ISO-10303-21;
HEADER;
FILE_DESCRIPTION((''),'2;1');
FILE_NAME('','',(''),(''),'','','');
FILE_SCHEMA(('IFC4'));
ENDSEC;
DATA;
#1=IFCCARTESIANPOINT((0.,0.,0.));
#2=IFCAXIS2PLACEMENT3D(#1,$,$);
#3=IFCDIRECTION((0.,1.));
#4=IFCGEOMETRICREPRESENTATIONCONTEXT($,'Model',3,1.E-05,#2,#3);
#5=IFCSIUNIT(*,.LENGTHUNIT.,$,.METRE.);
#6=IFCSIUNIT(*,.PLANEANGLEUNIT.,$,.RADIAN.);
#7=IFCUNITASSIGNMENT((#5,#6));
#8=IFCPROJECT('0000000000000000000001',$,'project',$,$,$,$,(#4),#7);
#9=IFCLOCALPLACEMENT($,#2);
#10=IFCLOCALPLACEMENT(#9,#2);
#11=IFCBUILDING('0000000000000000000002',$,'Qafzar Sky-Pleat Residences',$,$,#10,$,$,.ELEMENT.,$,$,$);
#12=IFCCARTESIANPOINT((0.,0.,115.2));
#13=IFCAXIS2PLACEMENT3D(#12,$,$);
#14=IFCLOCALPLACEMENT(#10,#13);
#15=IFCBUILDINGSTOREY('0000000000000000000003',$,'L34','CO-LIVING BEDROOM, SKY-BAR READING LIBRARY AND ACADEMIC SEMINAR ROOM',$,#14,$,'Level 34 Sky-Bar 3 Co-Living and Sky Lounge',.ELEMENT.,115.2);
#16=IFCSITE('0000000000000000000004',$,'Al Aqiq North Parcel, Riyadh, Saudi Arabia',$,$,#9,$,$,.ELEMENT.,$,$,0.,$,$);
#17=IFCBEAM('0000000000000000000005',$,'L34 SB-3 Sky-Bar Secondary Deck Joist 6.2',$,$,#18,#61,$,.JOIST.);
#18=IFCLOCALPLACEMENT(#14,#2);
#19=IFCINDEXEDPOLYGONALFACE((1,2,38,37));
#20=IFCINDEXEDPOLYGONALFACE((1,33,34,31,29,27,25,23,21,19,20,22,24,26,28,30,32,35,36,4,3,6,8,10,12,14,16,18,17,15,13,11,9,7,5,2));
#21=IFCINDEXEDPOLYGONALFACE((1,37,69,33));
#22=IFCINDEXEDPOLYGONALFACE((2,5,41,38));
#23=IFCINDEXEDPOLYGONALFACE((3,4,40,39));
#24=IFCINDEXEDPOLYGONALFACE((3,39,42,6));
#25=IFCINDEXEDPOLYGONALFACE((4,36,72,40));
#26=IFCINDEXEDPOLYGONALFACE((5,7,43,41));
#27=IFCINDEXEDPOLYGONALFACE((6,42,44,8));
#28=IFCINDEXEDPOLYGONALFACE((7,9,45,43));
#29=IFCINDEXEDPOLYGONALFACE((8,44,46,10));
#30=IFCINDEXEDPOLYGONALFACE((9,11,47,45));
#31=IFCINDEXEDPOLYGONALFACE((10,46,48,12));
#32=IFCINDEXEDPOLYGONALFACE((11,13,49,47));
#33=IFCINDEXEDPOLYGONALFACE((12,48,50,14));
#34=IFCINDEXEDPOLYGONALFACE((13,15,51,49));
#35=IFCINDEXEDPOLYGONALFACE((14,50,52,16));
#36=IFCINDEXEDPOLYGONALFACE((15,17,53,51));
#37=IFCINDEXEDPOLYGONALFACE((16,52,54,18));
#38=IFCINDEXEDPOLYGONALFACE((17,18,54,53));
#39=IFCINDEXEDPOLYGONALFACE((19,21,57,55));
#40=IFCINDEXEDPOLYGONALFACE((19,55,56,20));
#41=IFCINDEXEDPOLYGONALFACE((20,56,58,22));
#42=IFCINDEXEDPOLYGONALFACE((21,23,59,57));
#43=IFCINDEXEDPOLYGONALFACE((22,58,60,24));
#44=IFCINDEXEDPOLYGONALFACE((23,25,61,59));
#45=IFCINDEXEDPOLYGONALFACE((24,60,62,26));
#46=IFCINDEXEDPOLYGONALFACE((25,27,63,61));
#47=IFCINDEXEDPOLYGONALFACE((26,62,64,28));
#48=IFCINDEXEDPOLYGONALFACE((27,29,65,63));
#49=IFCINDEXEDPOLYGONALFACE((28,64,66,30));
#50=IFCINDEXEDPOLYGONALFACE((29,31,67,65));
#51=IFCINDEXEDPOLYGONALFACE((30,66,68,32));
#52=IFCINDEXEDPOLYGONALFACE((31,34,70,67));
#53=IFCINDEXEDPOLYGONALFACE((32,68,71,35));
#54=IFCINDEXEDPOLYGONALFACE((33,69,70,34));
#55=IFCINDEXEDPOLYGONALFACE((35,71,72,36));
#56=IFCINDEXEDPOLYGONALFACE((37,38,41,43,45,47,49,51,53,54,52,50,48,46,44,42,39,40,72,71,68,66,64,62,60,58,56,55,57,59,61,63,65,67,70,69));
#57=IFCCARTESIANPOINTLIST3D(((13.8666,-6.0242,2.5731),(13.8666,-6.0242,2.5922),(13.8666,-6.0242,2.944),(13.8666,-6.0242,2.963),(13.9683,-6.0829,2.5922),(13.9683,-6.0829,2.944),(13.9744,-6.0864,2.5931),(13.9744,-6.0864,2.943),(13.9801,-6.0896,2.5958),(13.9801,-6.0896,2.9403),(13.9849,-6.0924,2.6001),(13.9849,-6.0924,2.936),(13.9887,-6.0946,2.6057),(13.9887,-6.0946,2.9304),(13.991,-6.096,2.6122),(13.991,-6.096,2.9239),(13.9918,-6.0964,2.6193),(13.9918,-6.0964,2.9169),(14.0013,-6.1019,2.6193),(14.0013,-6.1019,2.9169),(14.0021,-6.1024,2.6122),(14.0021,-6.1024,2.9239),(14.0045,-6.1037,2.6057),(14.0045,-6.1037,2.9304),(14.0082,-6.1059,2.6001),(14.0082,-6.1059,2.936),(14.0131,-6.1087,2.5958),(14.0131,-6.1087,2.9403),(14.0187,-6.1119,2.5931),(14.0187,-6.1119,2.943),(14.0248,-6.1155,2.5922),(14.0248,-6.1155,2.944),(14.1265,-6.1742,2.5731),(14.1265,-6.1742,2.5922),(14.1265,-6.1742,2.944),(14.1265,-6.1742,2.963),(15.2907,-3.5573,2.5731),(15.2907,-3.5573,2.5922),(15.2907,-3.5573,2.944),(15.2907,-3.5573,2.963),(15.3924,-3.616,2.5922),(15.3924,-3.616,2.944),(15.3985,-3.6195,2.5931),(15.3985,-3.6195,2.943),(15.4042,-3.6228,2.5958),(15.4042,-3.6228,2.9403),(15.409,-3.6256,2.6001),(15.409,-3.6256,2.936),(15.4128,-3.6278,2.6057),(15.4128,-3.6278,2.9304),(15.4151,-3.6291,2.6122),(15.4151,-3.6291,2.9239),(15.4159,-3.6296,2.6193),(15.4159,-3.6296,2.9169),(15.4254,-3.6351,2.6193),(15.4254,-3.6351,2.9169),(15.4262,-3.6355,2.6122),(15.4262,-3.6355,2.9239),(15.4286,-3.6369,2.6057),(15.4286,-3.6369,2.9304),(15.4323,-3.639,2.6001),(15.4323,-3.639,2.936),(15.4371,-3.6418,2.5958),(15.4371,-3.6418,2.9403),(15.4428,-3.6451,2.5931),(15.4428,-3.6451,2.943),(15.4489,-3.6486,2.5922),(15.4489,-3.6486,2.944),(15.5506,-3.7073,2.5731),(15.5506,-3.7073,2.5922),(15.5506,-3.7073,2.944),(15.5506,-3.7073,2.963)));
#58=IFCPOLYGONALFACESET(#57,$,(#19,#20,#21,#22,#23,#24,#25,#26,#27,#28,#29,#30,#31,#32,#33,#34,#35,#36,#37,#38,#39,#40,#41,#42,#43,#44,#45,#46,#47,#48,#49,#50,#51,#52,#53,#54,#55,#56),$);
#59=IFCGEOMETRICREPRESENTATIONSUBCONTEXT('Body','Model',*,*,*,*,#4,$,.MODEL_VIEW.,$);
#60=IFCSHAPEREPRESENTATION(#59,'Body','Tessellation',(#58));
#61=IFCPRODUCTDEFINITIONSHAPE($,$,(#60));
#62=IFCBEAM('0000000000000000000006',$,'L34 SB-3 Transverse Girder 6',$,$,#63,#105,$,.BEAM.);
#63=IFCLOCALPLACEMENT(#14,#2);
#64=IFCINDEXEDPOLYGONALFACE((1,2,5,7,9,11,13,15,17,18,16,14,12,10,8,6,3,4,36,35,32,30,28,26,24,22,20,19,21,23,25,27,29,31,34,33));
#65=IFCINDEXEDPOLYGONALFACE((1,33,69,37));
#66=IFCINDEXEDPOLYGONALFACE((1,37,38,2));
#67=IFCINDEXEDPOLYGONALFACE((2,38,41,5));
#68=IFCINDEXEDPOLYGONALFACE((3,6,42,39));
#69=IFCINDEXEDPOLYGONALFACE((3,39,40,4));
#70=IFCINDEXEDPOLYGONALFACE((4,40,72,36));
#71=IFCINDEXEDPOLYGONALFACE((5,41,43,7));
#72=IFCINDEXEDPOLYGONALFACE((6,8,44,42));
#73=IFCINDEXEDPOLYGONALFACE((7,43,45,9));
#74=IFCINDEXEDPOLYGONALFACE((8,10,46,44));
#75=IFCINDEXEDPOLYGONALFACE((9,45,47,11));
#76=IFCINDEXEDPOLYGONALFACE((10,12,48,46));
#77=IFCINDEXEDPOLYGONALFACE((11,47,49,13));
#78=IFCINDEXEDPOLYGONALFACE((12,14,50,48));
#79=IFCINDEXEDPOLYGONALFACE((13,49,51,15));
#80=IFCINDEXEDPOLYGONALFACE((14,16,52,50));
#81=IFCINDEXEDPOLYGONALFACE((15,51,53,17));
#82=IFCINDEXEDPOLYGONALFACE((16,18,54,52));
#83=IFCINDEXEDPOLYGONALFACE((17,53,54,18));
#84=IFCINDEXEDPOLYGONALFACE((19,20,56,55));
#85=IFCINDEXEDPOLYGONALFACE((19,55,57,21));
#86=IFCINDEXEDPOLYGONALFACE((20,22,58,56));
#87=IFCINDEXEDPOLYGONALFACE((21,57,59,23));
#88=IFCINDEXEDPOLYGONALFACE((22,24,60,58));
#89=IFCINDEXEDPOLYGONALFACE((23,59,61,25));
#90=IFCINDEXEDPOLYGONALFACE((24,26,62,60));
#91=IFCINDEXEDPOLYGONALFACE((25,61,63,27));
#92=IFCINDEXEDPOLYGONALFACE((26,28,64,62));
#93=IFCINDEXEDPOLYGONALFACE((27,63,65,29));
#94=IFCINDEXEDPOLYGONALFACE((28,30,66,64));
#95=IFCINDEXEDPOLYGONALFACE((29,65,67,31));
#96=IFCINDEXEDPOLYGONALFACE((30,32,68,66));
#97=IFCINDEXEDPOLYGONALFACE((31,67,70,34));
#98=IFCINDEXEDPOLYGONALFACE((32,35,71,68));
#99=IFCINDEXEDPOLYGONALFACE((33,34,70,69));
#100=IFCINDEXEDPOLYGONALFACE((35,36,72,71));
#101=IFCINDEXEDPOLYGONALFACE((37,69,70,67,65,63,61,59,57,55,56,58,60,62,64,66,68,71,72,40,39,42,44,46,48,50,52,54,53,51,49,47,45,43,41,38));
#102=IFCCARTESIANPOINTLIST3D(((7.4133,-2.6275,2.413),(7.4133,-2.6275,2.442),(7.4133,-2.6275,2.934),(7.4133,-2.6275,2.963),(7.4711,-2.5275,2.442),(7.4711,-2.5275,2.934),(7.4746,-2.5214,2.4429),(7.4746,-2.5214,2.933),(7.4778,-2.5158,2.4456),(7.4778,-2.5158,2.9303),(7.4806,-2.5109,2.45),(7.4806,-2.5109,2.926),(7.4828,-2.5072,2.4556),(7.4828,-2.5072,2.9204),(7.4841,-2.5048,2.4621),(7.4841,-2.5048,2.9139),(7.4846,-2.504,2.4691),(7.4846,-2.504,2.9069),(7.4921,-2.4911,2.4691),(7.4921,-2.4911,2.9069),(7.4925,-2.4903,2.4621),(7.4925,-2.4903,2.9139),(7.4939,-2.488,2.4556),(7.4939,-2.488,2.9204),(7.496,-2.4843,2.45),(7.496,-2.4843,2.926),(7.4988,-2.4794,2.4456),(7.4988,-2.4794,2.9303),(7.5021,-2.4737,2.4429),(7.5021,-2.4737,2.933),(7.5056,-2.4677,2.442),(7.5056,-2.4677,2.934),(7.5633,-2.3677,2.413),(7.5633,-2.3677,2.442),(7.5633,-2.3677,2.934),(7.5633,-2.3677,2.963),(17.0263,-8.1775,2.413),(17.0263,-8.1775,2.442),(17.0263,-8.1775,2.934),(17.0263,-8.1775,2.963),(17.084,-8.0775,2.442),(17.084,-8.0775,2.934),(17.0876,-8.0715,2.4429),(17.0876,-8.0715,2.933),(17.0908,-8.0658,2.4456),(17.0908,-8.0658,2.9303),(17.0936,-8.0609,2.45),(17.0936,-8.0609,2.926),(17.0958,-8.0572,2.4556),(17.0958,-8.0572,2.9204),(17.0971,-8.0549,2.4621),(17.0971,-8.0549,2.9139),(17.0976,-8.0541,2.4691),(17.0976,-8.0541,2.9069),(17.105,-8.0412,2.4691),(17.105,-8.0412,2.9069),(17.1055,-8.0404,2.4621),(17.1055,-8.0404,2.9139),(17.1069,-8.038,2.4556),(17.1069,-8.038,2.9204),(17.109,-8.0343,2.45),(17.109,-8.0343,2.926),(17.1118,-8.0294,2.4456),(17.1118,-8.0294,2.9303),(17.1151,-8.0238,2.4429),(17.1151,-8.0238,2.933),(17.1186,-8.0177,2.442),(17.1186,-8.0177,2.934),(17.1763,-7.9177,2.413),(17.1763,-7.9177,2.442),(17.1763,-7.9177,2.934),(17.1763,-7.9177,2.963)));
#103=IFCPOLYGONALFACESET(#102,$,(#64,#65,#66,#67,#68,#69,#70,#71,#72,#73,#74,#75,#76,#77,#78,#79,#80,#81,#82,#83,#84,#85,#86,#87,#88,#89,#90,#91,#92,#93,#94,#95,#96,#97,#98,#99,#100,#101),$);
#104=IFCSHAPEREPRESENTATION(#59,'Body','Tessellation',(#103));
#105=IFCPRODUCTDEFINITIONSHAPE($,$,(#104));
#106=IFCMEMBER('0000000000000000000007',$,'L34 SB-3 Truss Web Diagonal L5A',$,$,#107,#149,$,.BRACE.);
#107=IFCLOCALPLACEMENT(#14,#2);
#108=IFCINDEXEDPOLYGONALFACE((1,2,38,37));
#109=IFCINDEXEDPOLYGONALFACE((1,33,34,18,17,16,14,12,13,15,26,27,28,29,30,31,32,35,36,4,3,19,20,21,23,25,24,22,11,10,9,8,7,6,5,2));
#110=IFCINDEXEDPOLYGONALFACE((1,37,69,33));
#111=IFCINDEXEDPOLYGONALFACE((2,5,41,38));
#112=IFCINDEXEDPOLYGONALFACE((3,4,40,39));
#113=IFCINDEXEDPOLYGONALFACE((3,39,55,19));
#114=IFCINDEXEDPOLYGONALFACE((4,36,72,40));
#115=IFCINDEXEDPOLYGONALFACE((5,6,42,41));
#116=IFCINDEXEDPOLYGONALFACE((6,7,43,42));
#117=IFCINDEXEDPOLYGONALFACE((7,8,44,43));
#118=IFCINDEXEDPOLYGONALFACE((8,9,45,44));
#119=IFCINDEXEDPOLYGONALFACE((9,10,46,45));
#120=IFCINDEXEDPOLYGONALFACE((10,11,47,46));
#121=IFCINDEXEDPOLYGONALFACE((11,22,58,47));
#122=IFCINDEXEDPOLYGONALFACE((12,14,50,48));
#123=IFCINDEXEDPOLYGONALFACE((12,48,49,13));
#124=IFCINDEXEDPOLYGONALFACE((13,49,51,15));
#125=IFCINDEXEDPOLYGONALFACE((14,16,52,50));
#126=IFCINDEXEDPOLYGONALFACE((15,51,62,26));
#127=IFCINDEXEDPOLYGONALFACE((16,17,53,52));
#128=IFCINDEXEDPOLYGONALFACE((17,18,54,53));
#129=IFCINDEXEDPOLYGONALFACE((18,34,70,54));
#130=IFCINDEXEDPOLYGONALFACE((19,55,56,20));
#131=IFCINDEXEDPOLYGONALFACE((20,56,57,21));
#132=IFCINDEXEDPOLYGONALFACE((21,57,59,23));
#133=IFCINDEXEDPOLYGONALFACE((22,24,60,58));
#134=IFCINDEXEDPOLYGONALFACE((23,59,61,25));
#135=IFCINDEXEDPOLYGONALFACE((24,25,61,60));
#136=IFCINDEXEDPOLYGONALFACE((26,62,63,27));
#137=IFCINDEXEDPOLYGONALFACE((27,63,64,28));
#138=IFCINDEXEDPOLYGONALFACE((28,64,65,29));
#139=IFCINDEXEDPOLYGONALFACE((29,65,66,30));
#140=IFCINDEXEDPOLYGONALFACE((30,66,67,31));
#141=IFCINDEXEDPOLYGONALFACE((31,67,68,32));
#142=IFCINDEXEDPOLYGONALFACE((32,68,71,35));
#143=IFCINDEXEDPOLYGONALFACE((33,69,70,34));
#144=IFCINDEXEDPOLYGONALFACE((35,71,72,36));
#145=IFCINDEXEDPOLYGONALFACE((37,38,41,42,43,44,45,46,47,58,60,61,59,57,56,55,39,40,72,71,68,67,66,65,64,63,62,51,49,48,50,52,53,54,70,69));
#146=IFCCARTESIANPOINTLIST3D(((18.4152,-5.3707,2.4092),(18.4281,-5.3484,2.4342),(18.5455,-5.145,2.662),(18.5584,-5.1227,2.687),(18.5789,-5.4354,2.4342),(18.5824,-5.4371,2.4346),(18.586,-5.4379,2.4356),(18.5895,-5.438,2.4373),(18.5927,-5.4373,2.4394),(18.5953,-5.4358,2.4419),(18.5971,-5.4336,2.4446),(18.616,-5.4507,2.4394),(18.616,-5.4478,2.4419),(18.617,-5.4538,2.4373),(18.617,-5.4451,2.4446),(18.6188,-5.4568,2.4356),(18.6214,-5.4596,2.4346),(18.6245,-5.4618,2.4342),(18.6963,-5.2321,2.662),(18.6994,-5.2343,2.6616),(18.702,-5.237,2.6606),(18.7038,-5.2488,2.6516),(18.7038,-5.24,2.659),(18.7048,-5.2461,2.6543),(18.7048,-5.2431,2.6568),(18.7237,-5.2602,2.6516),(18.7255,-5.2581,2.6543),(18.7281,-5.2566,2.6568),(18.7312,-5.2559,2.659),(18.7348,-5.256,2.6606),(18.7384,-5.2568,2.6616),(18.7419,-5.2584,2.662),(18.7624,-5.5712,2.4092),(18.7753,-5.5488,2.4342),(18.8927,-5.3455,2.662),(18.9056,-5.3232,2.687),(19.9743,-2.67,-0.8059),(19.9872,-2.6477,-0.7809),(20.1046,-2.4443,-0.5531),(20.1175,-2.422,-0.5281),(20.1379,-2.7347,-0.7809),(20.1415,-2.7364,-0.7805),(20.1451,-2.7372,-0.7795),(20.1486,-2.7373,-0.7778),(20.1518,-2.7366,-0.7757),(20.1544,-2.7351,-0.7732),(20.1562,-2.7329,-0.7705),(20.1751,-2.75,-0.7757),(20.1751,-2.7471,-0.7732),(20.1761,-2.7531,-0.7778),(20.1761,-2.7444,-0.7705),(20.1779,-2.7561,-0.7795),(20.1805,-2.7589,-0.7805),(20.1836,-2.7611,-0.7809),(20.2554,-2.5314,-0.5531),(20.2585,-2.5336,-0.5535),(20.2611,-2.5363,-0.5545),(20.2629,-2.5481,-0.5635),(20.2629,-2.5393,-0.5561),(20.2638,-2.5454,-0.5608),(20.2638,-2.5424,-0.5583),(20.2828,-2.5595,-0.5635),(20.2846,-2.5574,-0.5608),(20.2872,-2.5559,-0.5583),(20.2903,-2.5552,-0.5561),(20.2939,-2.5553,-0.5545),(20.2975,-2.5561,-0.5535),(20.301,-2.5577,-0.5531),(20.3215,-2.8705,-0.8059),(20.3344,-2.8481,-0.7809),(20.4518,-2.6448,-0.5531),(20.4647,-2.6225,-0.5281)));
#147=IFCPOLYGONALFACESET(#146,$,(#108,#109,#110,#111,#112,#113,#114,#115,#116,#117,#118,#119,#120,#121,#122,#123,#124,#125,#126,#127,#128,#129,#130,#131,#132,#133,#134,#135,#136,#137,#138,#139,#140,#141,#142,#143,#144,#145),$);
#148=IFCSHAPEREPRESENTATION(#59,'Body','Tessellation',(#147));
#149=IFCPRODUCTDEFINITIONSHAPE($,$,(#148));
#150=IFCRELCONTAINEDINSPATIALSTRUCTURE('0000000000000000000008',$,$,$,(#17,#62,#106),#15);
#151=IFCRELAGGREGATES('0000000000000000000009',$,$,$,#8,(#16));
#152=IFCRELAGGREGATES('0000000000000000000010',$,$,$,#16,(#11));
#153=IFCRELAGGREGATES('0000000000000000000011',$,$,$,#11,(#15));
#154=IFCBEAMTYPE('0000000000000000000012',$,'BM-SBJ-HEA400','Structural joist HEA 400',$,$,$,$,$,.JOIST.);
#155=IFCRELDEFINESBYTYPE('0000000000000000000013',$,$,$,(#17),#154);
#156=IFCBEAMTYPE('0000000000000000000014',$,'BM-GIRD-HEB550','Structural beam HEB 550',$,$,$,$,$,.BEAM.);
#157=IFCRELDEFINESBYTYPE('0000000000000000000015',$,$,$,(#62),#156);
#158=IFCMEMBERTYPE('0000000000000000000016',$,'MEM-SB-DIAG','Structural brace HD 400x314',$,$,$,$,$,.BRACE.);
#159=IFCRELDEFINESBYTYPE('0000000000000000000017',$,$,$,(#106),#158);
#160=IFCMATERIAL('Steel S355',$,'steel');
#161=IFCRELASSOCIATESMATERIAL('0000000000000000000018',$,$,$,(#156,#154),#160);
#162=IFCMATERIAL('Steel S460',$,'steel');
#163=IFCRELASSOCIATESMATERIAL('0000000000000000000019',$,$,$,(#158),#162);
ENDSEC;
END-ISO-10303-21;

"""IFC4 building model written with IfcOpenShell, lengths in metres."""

from ifc_helpers import new_model, si_unit, direction, frame, origin, origin_2d, place, context, subcontext, project, spatial, i_section, extrude, source, transform, mapped, material, material_profile, profile_set, type_object, element, save


model = new_model("IFC4")

# Units and contexts
model_context = context("Model", 3, precision=1e-05, world=origin(), true_north=direction((0.0, 1.0)))
body_context = subcontext(model_context, "Body", "Model", "MODEL_VIEW")
ifc_project = project(units=[si_unit("LENGTHUNIT", "METRE"), si_unit("PLANEANGLEUNIT", "RADIAN")], contexts=[model_context])

# Site, building, storey
site_placement = place(None, origin())
site = spatial("IfcSite", under=ifc_project, at=site_placement, Name="Al Aqiq North Parcel, Riyadh, Saudi Arabia", CompositionType="ELEMENT", RefElevation=0.0)
building_placement = place(site_placement, origin())
building = spatial("IfcBuilding", under=site, at=building_placement, Name="Qafzar Sky-Pleat Residences", CompositionType="ELEMENT")
storey_placement = place(building_placement, frame((0.0, 0.0, 115.2)))
storey = spatial("IfcBuildingStorey", under=building, at=storey_placement, Name="L34", Description="CO-LIVING BEDROOM, SKY-BAR READING LIBRARY AND ACADEMIC SEMINAR ROOM", LongName="Level 34 Sky-Bar 3 Co-Living and Sky Lounge", CompositionType="ELEMENT", Elevation=115.2)

# Beams
ifc_material_1 = material(Name="Steel S355", Category="steel")
ifc_material_profile_1 = material_profile(ifc_material_1, i_section(OverallWidth=0.3, OverallDepth=0.55, WebThickness=0.0149, FlangeThickness=0.0291, FilletRadius=0.0271, at=origin_2d()), Name="HEB 550")
ifc_profile_set_1 = profile_set([ifc_material_profile_1], Name="Steel S355")
beam_type_1 = type_object("IfcBeamType", Name="BM-GIRD-HEB550", Description="Structural beam HEB 550", PredefinedType="BEAM", material=ifc_profile_set_1)
ifc_material_profile_2 = material_profile(ifc_material_1, i_section(OverallWidth=0.3, OverallDepth=0.3899, WebThickness=0.011, FlangeThickness=0.019, FilletRadius=0.0271, at=origin_2d()), Name="HEA 400")
ifc_profile_set_2 = profile_set([ifc_material_profile_2], Name="Steel S355")
beam_type_2 = type_object("IfcBeamType", Name="BM-SBJ-HEA400", Description="Structural joist HEA 400", PredefinedType="JOIST", material=ifc_profile_set_2)
shared_shape_1 = source(origin(), body_context, "Body", "SweptSolid", [
    extrude(i_section(OverallWidth=0.3, OverallDepth=0.3899, WebThickness=0.011, FlangeThickness=0.019, FilletRadius=0.0271, at=origin_2d()), origin(), (0.0, 0.0, 1.0), 2.8484),
])
for number, where, z_axis, x_axis, name in (
    (1, (15.4207, -3.6323, 2.7681), (-0.499965, -0.866046, 0.0), (0.866046, -0.499965, 0.0), "L34 SB-3 Sky-Bar Secondary Deck Joist 6.2"),
):
    element("IfcBeam", number, at=place(storey_placement, frame(where, z_axis=z_axis, x_axis=x_axis)), inside=storey, type_object=beam_type_2, Name=name, PredefinedType="JOIST", context=body_context, shape_type="MappedRepresentation", body=[
        mapped(shared_shape_1, transform((0.0, 0.0, 0.0), x_axis=(1.0, 0.0, 0.0), y_axis=(0.0, 1.0, 0.0), z_axis=(0.0, 0.0, 1.0), scale=1.0)),
    ])
shared_shape_2 = source(origin(), body_context, "Body", "SweptSolid", [
    extrude(i_section(OverallWidth=0.3, OverallDepth=0.55, WebThickness=0.0149, FlangeThickness=0.0291, FilletRadius=0.0271, at=origin_2d()), origin(), (0.0, 0.0, 1.0), 11.1001),
])
beam_placement = place(storey_placement, frame((17.1013, -8.0476, 2.688), z_axis=(-0.866027, 0.499997, 0.0), x_axis=(-0.499997, -0.866027, 0.0)))
element("IfcBeam", 2, at=beam_placement, inside=storey, type_object=beam_type_1, Name="L34 SB-3 Transverse Girder 6", PredefinedType="BEAM", context=body_context, shape_type="MappedRepresentation", body=[
    mapped(shared_shape_2, transform((0.0, 0.0, 0.0), x_axis=(1.0, 0.0, 0.0), y_axis=(0.0, 1.0, 0.0), z_axis=(0.0, 0.0, 1.0), scale=1.0)),
])

# Member
ifc_material_2 = material(Name="Steel S460", Category="steel")
ifc_material_profile_3 = material_profile(ifc_material_2, i_section(OverallWidth=0.4009, OverallDepth=0.3989, WebThickness=0.0229, FlangeThickness=0.0359, FilletRadius=0.0149, at=origin_2d()), Name="HD 400x314")
ifc_profile_set_3 = profile_set([ifc_material_profile_3], Name="Steel S460")
member_type_1 = type_object("IfcMemberType", Name="MEM-SB-DIAG", Description="Structural brace HD 400x314", PredefinedType="BRACE", material=ifc_profile_set_3)
shared_shape_3 = source(origin(), body_context, "Body", "SweptSolid", [
    extrude(i_section(OverallWidth=0.4009, OverallDepth=0.3989, WebThickness=0.0229, FlangeThickness=0.0359, FilletRadius=0.0149, at=origin_2d()), origin(), (0.0, 0.0, 1.0), 4.479),
])
for number, where, z_axis, x_axis, name in (
    (3, (20.2195, -2.6462, -0.667), (-0.348089, -0.602969, 0.717818), (0.866047, -0.499962, 0.0), "L34 SB-3 Truss Web Diagonal L5A"),
):
    element("IfcMember", number, at=place(storey_placement, frame(where, z_axis=z_axis, x_axis=x_axis)), inside=storey, type_object=member_type_1, Name=name, PredefinedType="BRACE", context=body_context, shape_type="MappedRepresentation", body=[
        mapped(shared_shape_3, transform((0.0, 0.0, 0.0), x_axis=(1.0, 0.0, 0.0), y_axis=(0.0, 1.0, 0.0), z_axis=(0.0, 0.0, 1.0), scale=1.0)),
    ])

save(model, "model.ifc")
